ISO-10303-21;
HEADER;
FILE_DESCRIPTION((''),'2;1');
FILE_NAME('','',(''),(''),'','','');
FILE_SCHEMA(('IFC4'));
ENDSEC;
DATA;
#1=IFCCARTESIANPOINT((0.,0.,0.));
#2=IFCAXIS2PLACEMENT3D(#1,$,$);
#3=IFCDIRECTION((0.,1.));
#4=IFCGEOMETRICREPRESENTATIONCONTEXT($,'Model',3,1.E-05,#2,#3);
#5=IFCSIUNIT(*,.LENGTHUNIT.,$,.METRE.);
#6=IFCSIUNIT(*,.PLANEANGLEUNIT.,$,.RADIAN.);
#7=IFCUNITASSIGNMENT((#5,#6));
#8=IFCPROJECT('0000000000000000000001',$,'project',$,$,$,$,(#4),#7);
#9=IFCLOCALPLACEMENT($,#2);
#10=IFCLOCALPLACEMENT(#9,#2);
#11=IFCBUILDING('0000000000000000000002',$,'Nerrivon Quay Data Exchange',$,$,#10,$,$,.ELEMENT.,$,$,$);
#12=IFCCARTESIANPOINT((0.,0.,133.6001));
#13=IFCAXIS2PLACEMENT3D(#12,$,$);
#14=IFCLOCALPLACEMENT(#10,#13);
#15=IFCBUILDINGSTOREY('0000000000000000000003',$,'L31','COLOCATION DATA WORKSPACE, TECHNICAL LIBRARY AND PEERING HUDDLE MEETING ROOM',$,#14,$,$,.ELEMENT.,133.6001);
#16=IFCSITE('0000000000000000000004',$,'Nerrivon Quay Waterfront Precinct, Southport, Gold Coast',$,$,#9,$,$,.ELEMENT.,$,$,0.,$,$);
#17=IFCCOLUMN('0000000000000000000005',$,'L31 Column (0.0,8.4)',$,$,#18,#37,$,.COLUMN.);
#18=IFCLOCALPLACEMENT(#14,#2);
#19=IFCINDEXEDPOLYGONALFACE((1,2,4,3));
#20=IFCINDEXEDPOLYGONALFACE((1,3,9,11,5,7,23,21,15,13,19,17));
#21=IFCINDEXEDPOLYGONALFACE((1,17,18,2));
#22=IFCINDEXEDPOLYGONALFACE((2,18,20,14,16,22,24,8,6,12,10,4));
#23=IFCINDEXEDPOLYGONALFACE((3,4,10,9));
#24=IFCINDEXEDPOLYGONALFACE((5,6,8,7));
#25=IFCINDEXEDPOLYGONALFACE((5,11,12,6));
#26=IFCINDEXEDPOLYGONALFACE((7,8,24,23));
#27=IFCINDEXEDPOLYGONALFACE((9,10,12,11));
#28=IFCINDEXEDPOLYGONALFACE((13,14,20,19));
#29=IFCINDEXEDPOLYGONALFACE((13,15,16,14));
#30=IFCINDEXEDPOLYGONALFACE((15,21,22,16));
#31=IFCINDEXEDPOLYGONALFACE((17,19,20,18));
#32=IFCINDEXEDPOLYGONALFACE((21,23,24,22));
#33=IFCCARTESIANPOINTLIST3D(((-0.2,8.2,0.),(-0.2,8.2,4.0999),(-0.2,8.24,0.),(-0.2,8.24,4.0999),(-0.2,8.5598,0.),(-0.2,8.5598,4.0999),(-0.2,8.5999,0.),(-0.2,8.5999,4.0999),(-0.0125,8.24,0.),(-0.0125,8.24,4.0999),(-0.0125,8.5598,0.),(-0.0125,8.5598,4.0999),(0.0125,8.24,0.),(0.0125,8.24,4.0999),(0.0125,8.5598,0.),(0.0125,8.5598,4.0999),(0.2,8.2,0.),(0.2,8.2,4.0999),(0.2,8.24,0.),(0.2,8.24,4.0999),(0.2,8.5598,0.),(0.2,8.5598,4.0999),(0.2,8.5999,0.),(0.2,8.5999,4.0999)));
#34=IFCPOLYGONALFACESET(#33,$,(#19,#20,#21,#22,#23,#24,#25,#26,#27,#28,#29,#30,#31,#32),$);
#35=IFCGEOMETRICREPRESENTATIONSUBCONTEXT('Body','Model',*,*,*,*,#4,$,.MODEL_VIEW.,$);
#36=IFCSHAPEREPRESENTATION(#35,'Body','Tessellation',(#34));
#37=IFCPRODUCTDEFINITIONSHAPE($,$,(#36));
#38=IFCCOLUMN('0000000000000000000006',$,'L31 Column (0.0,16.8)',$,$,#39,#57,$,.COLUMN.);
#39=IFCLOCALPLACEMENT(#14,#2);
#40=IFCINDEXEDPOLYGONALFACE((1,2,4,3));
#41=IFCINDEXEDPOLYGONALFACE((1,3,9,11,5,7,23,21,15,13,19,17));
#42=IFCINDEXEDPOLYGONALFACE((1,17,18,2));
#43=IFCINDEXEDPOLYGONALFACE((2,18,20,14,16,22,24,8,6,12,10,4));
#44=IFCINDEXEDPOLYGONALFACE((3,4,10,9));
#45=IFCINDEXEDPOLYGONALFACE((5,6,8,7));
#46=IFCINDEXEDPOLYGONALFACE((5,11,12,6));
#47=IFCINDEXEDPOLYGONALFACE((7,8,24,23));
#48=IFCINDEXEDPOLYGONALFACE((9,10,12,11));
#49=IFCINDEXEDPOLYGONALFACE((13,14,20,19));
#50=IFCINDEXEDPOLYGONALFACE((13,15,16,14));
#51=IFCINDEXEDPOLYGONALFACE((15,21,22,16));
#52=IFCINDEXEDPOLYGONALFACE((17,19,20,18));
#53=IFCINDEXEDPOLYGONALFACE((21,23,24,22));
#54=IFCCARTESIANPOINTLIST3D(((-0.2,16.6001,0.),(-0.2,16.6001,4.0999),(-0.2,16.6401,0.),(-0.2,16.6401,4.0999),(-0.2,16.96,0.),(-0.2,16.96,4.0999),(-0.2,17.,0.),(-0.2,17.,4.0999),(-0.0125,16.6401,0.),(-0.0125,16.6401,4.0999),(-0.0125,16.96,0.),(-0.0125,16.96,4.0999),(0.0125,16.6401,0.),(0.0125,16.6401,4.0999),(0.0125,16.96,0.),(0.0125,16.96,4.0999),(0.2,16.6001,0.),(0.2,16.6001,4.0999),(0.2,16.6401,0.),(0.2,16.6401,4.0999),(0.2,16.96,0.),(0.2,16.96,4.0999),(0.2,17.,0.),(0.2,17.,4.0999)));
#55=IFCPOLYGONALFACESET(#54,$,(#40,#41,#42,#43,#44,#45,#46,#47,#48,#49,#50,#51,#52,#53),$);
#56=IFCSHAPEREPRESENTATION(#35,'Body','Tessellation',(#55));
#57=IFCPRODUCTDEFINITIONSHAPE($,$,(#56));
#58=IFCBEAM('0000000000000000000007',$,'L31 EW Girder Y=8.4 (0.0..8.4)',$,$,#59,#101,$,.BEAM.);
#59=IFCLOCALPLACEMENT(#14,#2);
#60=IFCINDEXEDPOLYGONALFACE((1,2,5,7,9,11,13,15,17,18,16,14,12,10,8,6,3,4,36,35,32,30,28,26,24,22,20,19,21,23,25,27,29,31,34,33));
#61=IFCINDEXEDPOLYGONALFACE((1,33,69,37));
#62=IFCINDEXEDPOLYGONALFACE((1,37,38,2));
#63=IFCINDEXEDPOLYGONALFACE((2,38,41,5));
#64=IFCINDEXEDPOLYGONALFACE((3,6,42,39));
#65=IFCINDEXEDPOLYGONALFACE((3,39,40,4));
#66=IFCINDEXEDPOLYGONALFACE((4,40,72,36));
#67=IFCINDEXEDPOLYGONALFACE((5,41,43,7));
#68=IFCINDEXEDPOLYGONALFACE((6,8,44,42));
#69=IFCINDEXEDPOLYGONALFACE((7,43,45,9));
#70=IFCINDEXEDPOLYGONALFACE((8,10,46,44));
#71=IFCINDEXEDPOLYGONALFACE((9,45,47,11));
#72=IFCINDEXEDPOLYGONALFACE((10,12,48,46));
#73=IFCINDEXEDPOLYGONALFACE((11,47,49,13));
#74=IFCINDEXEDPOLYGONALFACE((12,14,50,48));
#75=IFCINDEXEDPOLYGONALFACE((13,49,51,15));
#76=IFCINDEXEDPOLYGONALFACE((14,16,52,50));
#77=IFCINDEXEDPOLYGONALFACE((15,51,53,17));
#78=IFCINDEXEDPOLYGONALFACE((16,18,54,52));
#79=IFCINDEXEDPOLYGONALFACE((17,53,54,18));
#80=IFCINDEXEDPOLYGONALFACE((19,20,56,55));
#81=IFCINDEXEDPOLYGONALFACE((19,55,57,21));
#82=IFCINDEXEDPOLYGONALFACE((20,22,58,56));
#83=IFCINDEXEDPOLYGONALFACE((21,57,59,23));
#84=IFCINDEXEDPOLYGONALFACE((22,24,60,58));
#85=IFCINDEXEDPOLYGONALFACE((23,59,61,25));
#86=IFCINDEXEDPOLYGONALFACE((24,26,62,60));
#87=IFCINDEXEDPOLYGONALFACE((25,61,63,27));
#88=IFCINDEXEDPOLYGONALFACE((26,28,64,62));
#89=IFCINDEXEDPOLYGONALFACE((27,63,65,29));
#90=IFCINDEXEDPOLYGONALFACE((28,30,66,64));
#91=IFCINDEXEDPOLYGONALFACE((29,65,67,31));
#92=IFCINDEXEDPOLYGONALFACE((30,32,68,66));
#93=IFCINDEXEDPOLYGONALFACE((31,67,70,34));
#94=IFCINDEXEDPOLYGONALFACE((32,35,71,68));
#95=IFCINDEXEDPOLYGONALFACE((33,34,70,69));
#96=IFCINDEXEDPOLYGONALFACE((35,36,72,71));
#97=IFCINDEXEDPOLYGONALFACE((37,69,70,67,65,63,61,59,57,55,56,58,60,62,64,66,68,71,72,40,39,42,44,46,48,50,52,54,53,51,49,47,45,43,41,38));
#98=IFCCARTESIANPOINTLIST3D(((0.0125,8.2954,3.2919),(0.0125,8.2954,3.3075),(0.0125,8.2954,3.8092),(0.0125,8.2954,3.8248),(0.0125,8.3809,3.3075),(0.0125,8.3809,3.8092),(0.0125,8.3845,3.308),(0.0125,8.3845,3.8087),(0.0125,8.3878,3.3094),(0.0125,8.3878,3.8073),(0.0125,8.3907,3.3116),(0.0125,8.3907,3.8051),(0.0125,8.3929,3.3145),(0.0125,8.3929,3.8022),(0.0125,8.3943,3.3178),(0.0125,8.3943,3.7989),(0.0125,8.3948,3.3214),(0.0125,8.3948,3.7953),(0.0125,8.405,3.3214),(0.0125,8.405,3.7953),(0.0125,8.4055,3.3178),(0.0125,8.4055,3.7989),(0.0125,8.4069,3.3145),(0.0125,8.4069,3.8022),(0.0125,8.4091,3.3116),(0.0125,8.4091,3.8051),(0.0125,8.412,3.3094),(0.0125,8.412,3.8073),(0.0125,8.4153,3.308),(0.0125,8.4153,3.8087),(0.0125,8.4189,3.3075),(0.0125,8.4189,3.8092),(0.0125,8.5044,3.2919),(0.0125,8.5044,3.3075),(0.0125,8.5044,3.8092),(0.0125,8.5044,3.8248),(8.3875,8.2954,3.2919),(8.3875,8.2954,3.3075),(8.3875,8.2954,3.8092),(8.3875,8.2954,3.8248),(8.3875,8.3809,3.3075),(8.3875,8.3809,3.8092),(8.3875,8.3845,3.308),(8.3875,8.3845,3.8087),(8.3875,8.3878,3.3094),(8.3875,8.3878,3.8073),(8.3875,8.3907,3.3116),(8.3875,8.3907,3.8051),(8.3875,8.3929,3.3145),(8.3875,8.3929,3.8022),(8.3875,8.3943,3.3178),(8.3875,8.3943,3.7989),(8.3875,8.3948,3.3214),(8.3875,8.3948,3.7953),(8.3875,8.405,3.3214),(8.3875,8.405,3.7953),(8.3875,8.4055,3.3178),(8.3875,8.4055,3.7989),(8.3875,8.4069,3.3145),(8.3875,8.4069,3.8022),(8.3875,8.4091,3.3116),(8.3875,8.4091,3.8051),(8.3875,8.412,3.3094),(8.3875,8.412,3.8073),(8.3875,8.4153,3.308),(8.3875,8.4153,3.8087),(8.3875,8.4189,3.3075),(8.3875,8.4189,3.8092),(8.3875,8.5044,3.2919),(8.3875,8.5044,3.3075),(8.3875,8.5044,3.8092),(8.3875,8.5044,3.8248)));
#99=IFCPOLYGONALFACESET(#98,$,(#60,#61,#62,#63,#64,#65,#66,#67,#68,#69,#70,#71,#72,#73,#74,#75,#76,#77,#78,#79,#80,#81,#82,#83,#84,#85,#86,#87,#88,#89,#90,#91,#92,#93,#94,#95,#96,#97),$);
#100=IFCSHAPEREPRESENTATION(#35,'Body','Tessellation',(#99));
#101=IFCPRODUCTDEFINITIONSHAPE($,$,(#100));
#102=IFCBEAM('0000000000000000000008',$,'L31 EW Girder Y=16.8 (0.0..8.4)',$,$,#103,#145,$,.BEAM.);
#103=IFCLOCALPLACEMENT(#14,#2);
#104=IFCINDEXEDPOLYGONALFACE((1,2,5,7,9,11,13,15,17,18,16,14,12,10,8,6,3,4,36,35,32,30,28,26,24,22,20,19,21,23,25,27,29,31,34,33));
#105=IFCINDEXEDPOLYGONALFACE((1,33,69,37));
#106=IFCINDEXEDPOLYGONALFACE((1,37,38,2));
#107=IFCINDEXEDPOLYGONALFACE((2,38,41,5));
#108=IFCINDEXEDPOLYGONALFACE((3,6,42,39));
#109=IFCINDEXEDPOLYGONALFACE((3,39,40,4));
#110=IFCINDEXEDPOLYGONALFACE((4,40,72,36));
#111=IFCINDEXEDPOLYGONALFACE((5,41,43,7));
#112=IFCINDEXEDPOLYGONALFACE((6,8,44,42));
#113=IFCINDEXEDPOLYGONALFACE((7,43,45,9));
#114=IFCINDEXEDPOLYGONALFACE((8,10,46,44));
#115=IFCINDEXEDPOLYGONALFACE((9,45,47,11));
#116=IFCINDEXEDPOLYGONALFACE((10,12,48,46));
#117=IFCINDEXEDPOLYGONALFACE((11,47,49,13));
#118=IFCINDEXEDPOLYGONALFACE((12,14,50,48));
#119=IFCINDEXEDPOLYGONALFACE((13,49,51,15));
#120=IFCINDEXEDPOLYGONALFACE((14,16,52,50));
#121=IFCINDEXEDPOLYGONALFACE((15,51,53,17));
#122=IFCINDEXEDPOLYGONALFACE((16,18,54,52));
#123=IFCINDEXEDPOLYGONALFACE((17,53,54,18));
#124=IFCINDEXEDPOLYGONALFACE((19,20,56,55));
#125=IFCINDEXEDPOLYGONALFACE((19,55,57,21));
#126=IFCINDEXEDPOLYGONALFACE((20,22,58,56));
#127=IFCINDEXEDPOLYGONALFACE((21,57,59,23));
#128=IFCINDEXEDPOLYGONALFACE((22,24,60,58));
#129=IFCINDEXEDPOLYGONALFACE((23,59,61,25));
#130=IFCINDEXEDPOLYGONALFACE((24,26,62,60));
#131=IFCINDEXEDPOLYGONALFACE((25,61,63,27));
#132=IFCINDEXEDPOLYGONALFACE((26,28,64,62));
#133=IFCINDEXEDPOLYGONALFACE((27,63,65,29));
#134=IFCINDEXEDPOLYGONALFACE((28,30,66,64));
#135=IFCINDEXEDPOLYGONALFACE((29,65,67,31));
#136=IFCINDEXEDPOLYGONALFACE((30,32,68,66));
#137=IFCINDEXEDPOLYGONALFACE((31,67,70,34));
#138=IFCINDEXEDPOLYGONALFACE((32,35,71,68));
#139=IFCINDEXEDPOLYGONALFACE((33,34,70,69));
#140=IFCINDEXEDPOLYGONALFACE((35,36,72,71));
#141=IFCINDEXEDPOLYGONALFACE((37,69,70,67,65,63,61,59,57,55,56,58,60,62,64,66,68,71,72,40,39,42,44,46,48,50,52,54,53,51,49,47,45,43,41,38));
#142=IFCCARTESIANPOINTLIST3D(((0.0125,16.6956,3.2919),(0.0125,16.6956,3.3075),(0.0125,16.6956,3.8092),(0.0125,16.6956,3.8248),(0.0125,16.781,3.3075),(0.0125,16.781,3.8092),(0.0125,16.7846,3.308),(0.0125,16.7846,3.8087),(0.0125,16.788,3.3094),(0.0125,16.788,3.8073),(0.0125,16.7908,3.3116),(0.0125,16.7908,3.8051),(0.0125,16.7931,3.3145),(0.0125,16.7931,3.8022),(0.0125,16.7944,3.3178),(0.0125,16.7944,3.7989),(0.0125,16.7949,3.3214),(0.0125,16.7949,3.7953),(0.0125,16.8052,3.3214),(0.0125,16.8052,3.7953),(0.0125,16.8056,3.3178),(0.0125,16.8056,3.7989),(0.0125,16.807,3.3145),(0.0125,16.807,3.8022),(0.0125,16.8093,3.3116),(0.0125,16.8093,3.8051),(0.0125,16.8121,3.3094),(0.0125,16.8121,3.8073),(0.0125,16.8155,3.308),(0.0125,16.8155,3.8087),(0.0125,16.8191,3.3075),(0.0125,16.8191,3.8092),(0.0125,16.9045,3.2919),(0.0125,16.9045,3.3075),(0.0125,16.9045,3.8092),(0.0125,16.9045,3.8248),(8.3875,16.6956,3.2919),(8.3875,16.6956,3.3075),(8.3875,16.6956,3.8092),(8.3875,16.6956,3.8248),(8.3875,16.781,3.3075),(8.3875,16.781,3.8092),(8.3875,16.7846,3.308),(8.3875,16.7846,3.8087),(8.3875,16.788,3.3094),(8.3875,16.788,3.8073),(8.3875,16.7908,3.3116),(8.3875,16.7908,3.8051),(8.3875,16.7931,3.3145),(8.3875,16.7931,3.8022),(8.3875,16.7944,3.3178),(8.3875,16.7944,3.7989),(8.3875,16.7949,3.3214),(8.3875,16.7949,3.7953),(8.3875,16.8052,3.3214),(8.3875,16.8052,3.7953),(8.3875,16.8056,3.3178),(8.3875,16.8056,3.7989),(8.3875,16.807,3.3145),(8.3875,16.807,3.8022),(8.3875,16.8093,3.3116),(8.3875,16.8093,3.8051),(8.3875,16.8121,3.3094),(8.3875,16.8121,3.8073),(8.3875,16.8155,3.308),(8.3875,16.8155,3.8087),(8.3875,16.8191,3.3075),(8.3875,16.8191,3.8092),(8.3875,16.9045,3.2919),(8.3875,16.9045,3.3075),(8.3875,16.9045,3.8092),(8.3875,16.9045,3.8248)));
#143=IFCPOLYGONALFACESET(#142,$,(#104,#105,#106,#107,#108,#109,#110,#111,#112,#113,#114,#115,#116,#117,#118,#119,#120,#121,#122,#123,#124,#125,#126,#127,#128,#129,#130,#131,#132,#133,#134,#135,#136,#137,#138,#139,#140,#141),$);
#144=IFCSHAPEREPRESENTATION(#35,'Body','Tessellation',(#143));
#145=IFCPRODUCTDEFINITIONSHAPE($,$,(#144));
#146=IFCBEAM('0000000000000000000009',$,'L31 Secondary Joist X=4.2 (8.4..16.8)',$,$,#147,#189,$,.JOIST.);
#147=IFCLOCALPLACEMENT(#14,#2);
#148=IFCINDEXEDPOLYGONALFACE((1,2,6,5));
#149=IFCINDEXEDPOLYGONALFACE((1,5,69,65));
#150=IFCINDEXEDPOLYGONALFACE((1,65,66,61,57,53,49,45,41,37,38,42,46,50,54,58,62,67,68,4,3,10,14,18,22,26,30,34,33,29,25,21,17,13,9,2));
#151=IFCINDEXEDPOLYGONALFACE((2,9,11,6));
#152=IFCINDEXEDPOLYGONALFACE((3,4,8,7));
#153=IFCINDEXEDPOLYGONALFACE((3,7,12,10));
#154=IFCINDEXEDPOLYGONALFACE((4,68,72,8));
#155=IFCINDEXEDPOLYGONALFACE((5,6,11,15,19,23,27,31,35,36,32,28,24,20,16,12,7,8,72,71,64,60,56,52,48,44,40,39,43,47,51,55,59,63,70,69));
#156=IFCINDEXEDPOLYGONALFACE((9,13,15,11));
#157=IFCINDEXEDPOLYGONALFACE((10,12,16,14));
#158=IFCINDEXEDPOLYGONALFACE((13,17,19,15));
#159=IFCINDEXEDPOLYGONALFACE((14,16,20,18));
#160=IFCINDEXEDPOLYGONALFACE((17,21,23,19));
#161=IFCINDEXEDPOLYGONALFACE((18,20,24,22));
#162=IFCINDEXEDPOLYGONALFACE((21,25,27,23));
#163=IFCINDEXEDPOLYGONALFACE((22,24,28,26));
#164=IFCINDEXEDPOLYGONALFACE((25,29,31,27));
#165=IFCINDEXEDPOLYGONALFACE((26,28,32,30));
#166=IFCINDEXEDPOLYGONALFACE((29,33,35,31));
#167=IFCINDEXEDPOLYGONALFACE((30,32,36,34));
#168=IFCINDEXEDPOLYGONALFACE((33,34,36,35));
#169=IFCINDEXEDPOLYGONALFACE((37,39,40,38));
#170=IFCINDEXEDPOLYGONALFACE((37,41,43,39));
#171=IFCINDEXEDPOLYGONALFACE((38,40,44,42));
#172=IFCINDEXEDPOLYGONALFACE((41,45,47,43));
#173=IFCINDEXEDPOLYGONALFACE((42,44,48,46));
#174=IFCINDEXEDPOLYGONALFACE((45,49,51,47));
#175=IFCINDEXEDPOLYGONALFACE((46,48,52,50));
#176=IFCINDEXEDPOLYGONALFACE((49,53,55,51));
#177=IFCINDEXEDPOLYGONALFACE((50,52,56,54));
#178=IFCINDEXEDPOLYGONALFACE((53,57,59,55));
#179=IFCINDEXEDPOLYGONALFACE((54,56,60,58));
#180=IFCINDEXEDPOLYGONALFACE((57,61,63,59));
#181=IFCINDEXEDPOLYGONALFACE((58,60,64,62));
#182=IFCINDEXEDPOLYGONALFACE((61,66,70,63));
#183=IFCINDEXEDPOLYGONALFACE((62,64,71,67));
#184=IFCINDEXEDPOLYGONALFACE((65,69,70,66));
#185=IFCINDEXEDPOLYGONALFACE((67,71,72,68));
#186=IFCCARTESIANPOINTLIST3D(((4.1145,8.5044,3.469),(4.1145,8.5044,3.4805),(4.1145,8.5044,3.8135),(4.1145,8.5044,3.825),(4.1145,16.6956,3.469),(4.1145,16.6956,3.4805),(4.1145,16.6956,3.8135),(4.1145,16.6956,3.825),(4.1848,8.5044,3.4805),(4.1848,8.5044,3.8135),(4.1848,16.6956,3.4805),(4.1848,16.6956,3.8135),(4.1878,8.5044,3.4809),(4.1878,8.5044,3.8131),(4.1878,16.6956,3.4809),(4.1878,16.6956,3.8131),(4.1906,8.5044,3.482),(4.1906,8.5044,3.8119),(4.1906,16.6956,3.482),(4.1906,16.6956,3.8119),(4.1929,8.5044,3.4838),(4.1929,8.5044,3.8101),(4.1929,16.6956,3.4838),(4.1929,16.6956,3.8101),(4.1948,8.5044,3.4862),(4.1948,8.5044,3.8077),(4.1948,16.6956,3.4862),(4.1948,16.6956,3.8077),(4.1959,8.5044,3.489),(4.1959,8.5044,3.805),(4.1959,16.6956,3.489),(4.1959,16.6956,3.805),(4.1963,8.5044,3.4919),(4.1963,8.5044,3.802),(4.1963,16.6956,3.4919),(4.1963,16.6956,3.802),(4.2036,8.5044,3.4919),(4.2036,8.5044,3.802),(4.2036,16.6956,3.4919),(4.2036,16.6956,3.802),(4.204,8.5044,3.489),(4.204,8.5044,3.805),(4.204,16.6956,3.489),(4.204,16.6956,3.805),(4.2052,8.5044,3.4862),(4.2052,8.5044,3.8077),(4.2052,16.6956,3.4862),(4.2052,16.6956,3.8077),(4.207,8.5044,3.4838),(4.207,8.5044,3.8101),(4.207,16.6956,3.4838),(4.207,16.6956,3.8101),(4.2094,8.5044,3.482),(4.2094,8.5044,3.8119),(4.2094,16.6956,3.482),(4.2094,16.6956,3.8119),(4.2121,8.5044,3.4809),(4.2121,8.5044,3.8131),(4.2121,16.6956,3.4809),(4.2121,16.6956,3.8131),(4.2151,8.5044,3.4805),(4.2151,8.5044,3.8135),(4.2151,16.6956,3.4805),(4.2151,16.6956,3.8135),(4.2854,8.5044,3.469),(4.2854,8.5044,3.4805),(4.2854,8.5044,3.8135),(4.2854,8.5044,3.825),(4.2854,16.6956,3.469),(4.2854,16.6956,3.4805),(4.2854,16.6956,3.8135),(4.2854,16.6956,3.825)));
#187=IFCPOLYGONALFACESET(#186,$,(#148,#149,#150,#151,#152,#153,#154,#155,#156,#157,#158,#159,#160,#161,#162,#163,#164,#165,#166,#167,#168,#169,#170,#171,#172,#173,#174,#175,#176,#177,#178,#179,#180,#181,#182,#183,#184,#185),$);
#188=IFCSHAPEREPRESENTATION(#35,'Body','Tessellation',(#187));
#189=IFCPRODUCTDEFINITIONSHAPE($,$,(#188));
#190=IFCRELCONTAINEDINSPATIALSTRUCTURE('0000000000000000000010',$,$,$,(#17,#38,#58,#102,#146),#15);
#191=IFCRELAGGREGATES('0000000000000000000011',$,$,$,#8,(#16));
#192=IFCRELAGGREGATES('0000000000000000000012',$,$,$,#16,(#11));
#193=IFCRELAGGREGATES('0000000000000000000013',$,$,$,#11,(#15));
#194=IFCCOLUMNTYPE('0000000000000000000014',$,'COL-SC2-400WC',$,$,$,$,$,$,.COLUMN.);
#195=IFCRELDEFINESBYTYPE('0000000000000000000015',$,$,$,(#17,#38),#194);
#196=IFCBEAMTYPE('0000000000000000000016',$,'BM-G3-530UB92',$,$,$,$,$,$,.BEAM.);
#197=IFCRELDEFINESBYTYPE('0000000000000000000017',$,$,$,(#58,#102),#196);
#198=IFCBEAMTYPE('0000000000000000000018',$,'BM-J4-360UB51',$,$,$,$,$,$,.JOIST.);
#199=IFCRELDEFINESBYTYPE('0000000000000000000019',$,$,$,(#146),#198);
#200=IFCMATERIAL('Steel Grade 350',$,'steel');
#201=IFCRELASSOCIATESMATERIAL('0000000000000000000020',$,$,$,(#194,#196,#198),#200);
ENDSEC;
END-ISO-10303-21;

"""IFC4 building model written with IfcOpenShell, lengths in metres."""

from ifc_helpers import new_model, si_unit, direction, frame, origin, origin_2d, place, context, subcontext, project, spatial, i_section, extrude, material, material_profile, profile_set, type_object, element, save


model = new_model("IFC4")

# Units and contexts
model_context = context("Model", 3, precision=1e-05, world=origin(), true_north=direction((0.0, 1.0)))
body_context = subcontext(model_context, "Body", "Model", "MODEL_VIEW")
ifc_project = project(units=[si_unit("LENGTHUNIT", "METRE"), si_unit("PLANEANGLEUNIT", "RADIAN")], contexts=[model_context])

# Site, building, storey
site_placement = place(None, origin())
site = spatial("IfcSite", under=ifc_project, at=site_placement, Name="Nerrivon Quay Waterfront Precinct, Southport, Gold Coast", CompositionType="ELEMENT", RefElevation=0.0)
building_placement = place(site_placement, origin())
building = spatial("IfcBuilding", under=site, at=building_placement, Name="Nerrivon Quay Data Exchange", CompositionType="ELEMENT")
storey_placement = place(building_placement, frame((0.0, 0.0, 133.6001)))
storey = spatial("IfcBuildingStorey", under=building, at=storey_placement, Name="L31", Description="COLOCATION DATA WORKSPACE, TECHNICAL LIBRARY AND PEERING HUDDLE MEETING ROOM", CompositionType="ELEMENT", Elevation=133.6001)

# Columns
ifc_material_1 = material(Name="Steel Grade 350", Category="steel")
ifc_material_profile_1 = material_profile(ifc_material_1, i_section(OverallWidth=0.3999, OverallDepth=0.3999, WebThickness=0.0249, FlangeThickness=0.04, at=origin_2d()), Name="400WC328")
ifc_profile_set_1 = profile_set([ifc_material_profile_1], Name="Steel Grade 350")
column_type = type_object("IfcColumnType", Name="COL-SC2-400WC", PredefinedType="COLUMN", material=ifc_profile_set_1)
for number, where, z_axis, x_axis, name in (
    (1, (0.0, 8.3999, 0.0), (0.0, 0.0, 1.0), (1.0, 0.0, 0.0), "L31 Column (0.0,8.4)"),
    (2, (0.0, 16.8, 0.0), (0.0, 0.0, 1.0), (1.0, 0.0, 0.0), "L31 Column (0.0,16.8)"),
):
    element("IfcColumn", number, at=place(storey_placement, frame(where, z_axis=z_axis, x_axis=x_axis)), inside=storey, type_object=column_type, Name=name, PredefinedType="COLUMN", context=body_context, shape_type="SweptSolid", body=[
        extrude(i_section(OverallWidth=0.3999, OverallDepth=0.3999, WebThickness=0.0249, FlangeThickness=0.04, at=origin_2d()), origin(), (0.0, 0.0, 1.0), 4.0999),
    ])

# Beams
ifc_material_profile_2 = material_profile(ifc_material_1, i_section(OverallWidth=0.209, OverallDepth=0.533, WebThickness=0.0103, FlangeThickness=0.0156, FilletRadius=0.0139, at=origin_2d()), Name="530UB92.4")
ifc_profile_set_2 = profile_set([ifc_material_profile_2], Name="Steel Grade 350")
beam_type_1 = type_object("IfcBeamType", Name="BM-G3-530UB92", PredefinedType="BEAM", material=ifc_profile_set_2)
for number, where, z_axis, x_axis, name in (
    (3, (0.0125, 8.3999, 3.5583), (1.0, 0.0, 0.0), (0.0, 1.0, 0.0), "L31 EW Girder Y=8.4 (0.0..8.4)"),
    (4, (0.0125, 16.8, 3.5583), (1.0, 0.0, 0.0), (0.0, 1.0, 0.0), "L31 EW Girder Y=16.8 (0.0..8.4)"),
):
    element("IfcBeam", number, at=place(storey_placement, frame(where, z_axis=z_axis, x_axis=x_axis)), inside=storey, type_object=beam_type_1, Name=name, PredefinedType="BEAM", context=body_context, shape_type="SweptSolid", body=[
        extrude(i_section(OverallWidth=0.209, OverallDepth=0.533, WebThickness=0.0103, FlangeThickness=0.0156, FilletRadius=0.0139, at=origin_2d()), origin(), (0.0, 0.0, 1.0), 8.375),
    ])
ifc_material_profile_3 = material_profile(ifc_material_1, i_section(OverallWidth=0.1709, OverallDepth=0.356, WebThickness=0.0073, FlangeThickness=0.0115, FilletRadius=0.0115, at=origin_2d()), Name="360UB50.7")
ifc_profile_set_3 = profile_set([ifc_material_profile_3], Name="Steel Grade 350")
beam_type_2 = type_object("IfcBeamType", Name="BM-J4-360UB51", PredefinedType="JOIST", material=ifc_profile_set_3)
beam_1_placement = place(storey_placement, frame((4.2, 8.5044, 3.647), z_axis=(0.0, 1.0, 0.0), x_axis=(-1.0, 0.0, 0.0)))
element("IfcBeam", 5, at=beam_1_placement, inside=storey, type_object=beam_type_2, Name="L31 Secondary Joist X=4.2 (8.4..16.8)", PredefinedType="JOIST", context=body_context, shape_type="SweptSolid", body=[
    extrude(i_section(OverallWidth=0.1709, OverallDepth=0.356, WebThickness=0.0073, FlangeThickness=0.0115, FilletRadius=0.0115, at=origin_2d()), origin(), (0.0, 0.0, 1.0), 8.1912),
])

save(model, "model.ifc")
